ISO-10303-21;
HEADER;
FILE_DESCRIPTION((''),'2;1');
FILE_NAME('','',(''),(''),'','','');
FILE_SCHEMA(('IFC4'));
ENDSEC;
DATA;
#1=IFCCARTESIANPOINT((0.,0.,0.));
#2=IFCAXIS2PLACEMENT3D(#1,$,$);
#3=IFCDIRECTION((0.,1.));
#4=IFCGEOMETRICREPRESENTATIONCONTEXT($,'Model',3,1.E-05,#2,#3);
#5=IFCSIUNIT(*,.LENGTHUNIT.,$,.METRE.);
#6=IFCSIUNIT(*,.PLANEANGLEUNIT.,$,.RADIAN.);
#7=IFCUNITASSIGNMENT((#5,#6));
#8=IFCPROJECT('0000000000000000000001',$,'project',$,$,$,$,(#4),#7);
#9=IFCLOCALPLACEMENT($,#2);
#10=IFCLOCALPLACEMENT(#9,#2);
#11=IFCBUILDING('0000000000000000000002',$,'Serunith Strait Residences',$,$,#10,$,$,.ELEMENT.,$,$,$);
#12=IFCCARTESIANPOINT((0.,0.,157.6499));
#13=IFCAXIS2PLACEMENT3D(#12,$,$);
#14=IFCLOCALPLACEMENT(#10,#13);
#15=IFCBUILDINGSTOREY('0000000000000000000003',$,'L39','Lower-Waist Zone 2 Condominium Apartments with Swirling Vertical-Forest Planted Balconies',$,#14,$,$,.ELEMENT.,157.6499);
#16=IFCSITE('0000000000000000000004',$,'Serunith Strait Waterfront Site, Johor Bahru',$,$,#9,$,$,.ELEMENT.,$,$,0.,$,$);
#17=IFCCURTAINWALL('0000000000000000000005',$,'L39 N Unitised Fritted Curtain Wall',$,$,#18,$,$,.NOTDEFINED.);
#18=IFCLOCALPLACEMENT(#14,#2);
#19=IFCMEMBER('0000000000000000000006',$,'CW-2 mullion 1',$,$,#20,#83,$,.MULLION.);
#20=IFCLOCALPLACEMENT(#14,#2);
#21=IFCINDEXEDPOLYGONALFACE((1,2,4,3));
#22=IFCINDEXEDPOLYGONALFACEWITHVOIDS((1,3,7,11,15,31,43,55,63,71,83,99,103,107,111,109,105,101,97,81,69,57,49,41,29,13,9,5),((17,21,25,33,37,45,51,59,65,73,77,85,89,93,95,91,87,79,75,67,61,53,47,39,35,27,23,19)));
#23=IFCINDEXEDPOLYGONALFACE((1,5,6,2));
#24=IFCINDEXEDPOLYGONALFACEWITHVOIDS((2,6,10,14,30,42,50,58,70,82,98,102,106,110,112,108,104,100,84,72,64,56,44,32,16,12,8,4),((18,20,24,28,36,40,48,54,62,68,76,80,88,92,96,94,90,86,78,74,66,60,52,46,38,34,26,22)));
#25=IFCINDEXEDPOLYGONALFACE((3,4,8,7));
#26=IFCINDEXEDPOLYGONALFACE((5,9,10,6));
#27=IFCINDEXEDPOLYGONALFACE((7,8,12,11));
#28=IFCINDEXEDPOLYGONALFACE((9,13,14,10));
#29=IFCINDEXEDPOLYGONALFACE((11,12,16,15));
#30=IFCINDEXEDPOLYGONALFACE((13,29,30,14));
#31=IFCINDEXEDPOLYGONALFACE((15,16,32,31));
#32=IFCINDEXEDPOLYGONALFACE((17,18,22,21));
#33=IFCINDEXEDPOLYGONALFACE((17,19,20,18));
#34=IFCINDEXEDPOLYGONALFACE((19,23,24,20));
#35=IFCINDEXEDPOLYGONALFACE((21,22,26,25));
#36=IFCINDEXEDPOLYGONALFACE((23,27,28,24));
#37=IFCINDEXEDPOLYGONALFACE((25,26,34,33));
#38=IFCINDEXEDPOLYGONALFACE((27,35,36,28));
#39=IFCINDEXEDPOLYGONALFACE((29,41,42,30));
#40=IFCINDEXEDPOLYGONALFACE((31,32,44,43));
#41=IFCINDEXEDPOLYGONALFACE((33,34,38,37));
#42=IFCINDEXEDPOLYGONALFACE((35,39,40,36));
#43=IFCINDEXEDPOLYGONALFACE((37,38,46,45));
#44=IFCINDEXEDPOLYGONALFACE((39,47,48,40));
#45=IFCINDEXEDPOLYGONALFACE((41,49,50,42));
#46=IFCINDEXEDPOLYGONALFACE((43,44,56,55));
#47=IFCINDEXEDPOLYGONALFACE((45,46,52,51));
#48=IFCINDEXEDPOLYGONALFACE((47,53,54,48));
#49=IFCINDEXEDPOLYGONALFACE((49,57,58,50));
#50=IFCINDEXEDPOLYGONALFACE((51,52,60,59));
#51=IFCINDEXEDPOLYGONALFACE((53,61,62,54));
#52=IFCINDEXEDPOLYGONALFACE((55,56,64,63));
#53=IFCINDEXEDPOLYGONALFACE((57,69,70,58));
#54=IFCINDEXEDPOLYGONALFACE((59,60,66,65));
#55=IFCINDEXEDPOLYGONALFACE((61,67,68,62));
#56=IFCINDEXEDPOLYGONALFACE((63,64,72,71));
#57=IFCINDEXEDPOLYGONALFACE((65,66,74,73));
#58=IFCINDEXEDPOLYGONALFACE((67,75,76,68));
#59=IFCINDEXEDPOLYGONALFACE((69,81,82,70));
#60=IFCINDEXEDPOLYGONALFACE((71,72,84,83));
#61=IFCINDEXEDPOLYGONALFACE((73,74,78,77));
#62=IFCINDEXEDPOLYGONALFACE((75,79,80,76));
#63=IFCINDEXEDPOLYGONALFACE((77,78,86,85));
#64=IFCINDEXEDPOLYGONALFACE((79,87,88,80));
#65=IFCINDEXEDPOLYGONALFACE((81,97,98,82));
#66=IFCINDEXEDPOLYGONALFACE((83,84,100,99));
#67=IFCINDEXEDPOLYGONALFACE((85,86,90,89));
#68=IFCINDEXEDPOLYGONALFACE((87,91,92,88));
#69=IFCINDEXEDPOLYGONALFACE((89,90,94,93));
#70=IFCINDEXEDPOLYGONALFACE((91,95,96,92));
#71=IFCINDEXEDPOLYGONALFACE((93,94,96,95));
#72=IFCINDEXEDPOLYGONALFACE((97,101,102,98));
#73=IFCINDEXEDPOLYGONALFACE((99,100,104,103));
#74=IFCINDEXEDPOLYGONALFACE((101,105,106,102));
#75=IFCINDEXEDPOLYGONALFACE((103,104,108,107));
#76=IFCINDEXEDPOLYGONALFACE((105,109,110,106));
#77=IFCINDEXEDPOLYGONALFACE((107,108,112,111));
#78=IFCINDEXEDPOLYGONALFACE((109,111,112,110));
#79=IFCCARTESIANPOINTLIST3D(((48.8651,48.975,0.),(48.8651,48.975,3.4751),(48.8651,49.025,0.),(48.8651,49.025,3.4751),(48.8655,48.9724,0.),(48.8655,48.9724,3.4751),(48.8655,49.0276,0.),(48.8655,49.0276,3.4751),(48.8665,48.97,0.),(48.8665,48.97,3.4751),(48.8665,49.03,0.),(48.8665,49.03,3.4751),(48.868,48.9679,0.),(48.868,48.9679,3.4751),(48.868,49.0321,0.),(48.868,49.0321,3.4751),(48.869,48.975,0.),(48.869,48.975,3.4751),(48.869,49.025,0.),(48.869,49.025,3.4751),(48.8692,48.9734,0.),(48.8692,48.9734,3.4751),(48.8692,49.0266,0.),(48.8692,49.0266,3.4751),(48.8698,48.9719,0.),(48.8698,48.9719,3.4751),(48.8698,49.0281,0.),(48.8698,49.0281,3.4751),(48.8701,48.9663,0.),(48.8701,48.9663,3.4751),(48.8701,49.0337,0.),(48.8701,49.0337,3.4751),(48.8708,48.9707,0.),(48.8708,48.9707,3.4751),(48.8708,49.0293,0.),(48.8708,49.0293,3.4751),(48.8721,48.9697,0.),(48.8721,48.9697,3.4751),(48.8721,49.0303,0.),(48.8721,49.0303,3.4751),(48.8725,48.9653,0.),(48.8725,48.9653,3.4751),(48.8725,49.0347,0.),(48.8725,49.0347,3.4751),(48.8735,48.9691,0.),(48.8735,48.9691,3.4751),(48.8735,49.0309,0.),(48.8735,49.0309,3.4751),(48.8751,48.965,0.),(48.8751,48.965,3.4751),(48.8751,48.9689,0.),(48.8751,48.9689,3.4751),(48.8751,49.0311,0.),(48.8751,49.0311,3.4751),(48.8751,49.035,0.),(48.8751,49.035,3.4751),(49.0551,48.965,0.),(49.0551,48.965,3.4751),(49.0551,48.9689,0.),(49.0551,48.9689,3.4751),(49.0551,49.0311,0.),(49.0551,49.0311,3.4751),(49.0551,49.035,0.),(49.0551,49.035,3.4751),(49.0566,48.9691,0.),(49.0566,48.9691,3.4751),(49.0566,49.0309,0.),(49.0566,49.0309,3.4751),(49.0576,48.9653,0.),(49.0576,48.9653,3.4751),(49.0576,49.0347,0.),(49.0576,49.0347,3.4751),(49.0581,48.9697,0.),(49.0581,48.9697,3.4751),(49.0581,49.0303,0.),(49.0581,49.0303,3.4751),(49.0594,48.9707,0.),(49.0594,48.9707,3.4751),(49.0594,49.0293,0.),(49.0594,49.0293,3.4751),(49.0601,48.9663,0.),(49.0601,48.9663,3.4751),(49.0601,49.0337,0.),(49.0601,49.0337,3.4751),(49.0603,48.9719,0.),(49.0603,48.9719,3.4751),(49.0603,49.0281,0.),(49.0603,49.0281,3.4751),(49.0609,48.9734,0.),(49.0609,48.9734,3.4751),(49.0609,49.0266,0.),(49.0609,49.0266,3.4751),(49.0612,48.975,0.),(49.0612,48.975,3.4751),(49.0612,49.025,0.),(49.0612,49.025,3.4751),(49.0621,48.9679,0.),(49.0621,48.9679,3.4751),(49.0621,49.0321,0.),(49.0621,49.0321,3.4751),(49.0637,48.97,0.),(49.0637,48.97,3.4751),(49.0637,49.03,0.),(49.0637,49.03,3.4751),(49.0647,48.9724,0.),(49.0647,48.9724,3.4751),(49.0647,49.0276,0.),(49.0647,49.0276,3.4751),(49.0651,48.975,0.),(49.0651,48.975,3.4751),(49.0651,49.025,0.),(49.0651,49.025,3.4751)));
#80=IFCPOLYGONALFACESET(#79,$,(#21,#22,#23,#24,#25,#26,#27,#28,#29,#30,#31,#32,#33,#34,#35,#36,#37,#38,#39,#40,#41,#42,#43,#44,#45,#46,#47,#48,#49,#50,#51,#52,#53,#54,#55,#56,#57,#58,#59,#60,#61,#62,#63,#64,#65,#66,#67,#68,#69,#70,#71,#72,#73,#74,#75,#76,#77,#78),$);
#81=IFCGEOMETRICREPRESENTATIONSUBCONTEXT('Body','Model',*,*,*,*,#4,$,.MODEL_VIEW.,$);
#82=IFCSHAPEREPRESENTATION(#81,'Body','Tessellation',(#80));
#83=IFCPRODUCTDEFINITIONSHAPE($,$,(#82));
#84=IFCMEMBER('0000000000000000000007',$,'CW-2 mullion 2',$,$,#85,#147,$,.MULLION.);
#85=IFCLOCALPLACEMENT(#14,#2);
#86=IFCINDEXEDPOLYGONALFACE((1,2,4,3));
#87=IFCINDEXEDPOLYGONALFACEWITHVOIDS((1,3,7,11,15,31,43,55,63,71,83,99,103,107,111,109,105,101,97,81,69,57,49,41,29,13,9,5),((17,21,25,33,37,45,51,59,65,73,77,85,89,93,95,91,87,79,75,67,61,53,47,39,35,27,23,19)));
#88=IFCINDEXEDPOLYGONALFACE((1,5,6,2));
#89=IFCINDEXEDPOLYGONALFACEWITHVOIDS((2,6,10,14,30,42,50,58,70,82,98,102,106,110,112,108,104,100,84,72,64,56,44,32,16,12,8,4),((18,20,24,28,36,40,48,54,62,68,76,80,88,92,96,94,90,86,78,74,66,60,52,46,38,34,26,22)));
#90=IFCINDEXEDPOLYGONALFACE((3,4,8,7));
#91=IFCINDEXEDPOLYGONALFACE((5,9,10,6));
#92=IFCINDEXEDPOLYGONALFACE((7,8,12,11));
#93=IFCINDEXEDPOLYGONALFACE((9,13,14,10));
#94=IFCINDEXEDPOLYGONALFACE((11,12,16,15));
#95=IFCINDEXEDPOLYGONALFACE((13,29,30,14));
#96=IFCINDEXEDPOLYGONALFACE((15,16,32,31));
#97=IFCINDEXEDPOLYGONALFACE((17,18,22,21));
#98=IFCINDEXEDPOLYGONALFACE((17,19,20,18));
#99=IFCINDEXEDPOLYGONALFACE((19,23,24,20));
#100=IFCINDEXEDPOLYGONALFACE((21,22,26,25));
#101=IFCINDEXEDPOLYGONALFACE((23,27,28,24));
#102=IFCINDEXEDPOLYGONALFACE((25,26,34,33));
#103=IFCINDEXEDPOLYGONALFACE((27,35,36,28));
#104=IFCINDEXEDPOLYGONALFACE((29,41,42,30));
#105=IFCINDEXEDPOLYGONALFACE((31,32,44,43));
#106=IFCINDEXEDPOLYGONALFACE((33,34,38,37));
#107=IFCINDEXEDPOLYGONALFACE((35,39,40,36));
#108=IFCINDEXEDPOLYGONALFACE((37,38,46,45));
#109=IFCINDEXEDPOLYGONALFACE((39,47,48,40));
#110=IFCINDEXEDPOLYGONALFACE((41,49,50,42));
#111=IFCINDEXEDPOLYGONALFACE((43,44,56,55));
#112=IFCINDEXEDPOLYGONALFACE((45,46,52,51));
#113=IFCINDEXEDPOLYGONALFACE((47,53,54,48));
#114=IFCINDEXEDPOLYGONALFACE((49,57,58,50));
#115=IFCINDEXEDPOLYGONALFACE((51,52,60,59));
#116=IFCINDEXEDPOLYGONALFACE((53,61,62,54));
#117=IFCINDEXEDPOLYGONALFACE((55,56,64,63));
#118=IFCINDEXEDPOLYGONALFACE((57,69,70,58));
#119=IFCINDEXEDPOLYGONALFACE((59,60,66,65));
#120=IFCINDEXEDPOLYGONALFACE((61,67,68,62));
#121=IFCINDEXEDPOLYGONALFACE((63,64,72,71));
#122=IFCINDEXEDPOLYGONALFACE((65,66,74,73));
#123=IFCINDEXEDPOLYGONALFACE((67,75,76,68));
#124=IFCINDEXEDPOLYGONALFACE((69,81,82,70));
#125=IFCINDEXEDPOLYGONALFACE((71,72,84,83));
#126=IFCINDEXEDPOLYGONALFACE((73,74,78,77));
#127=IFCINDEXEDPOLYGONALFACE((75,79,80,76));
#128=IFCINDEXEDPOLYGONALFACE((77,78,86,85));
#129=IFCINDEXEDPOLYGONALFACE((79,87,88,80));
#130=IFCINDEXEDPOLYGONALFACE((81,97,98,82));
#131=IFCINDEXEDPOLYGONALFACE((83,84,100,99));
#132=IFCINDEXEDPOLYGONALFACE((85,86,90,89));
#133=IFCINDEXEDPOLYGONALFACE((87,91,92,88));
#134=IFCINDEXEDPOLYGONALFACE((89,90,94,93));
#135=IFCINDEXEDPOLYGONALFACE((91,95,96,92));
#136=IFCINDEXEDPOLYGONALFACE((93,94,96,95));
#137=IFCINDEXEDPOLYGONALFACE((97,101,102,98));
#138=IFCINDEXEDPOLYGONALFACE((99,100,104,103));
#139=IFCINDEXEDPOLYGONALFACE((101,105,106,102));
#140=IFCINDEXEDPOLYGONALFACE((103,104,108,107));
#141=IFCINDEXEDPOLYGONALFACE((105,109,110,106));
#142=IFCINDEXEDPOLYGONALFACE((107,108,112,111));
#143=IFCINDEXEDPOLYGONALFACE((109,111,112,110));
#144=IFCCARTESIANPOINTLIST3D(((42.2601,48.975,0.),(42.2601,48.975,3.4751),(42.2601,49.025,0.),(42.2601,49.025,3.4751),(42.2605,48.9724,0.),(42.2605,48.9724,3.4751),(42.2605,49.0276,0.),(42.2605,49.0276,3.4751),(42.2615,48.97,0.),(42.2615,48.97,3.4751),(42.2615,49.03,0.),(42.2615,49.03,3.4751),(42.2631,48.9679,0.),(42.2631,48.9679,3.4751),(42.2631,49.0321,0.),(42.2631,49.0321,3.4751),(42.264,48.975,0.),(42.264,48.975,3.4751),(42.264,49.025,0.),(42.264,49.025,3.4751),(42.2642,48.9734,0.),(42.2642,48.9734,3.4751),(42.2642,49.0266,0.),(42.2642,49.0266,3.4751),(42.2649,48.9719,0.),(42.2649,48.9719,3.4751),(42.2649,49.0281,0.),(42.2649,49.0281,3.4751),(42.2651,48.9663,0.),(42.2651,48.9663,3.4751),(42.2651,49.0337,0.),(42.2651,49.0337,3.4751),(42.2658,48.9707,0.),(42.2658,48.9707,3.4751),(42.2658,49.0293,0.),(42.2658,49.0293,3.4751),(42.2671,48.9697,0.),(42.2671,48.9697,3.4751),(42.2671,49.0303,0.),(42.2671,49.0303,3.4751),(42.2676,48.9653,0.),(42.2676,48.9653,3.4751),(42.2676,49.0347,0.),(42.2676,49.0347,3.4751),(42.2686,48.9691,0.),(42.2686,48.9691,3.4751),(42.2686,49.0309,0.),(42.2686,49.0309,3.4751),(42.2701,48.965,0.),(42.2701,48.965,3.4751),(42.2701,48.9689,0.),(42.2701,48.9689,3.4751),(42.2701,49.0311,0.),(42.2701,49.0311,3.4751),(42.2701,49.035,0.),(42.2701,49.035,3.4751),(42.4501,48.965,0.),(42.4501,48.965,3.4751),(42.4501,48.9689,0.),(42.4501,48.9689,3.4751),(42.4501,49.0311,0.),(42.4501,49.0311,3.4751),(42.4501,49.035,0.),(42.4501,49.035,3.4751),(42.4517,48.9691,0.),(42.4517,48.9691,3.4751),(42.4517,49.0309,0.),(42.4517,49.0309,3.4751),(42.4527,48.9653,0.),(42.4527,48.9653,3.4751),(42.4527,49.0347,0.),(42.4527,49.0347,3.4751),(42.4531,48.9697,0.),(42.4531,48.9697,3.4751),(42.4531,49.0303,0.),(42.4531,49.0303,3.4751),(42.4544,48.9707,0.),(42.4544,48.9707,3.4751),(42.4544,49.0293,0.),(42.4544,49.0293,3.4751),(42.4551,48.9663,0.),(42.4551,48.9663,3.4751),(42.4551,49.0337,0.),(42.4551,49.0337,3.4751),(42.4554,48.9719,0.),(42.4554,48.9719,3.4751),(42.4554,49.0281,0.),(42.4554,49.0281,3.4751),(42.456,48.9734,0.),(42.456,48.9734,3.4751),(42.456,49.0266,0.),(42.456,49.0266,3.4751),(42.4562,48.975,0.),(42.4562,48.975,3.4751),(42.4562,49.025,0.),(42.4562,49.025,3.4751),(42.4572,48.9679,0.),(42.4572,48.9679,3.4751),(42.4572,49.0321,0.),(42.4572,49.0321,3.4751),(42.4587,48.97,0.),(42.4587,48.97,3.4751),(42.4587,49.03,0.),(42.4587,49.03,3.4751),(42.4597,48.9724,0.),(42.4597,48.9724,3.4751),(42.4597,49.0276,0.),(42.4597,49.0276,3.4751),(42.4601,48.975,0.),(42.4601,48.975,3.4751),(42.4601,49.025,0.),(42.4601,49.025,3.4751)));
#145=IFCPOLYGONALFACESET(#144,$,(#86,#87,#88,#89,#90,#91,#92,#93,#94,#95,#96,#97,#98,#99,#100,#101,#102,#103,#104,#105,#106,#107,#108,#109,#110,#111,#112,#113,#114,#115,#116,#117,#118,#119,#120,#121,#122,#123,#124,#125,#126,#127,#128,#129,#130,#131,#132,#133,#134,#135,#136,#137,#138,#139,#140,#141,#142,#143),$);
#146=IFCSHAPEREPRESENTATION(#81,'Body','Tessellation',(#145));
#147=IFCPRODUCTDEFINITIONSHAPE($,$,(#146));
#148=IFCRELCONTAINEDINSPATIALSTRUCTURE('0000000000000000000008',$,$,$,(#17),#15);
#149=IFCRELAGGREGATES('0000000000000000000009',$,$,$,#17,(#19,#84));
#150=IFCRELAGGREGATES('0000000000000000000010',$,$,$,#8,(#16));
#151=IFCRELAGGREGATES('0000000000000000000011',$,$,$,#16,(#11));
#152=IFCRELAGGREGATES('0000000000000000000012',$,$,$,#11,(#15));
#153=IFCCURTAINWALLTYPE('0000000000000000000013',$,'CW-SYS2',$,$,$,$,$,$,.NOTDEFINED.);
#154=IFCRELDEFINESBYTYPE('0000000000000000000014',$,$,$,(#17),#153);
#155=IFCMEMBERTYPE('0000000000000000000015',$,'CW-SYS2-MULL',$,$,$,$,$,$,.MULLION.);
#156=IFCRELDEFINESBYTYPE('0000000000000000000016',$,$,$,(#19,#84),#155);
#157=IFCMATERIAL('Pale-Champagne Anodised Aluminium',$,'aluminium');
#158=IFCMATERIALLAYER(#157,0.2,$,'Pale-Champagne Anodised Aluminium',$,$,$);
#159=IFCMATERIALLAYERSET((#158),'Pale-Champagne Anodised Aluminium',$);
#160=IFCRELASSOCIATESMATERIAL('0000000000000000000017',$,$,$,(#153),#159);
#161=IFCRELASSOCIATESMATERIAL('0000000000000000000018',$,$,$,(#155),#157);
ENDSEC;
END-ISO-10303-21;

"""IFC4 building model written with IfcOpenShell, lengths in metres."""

from ifc_helpers import new_model, si_unit, direction, frame, origin, origin_2d, place, context, subcontext, project, spatial, hollow_rectangle, extrude, source, transform, mapped, material, layer, layer_set, material_profile, profile_set, type_object, element, aggregate, save


model = new_model("IFC4")

# Units and contexts
model_context = context("Model", 3, precision=1e-05, world=origin(), true_north=direction((0.0, 1.0)))
body_context = subcontext(model_context, "Body", "Model", "MODEL_VIEW")
ifc_project = project(units=[si_unit("LENGTHUNIT", "METRE"), si_unit("PLANEANGLEUNIT", "RADIAN")], contexts=[model_context])

# Site, building, storey
site_placement = place(None, origin())
site = spatial("IfcSite", under=ifc_project, at=site_placement, Name="Serunith Strait Waterfront Site, Johor Bahru", CompositionType="ELEMENT", RefElevation=0.0)
building_placement = place(site_placement, origin())
building = spatial("IfcBuilding", under=site, at=building_placement, Name="Serunith Strait Residences", CompositionType="ELEMENT")
storey_placement = place(building_placement, frame((0.0, 0.0, 157.6499)))
storey = spatial("IfcBuildingStorey", under=building, at=storey_placement, Name="L39", Description="Lower-Waist Zone 2 Condominium Apartments with Swirling Vertical-Forest Planted Balconies", CompositionType="ELEMENT", Elevation=157.6499)

# Shared definitions
ifc_material_1 = material(Name="Pale-Champagne Anodised Aluminium", Category="aluminium")
ifc_layer_1 = layer(ifc_material_1, 0.2, Name="Pale-Champagne Anodised Aluminium")
ifc_layer_set_1 = layer_set([ifc_layer_1], Name="Pale-Champagne Anodised Aluminium")
curtain_wall_type = type_object("IfcCurtainWallType", Name="CW-SYS2", PredefinedType="NOTDEFINED", material=ifc_layer_set_1)
ifc_material_profile_1 = material_profile(ifc_material_1, hollow_rectangle(XDim=0.0701, YDim=0.2, WallThickness=0.0039, InnerFilletRadius=0.0061, OuterFilletRadius=0.01, at=origin_2d()), Name="ALU 200x70x4")
ifc_profile_set_1 = profile_set([ifc_material_profile_1], Name="Pale-Champagne Anodised Aluminium")
member_type_1 = type_object("IfcMemberType", Name="CW-SYS2-MULL", PredefinedType="MULLION", material=ifc_profile_set_1)
shared_shape_1 = source(origin(), body_context, "Body", "SweptSolid", [
    extrude(hollow_rectangle(XDim=0.0701, YDim=0.2, WallThickness=0.0039, InnerFilletRadius=0.0061, OuterFilletRadius=0.01, at=origin_2d()), origin(), (0.0, 0.0, 1.0), 3.4751),
])

# Curtain wall, members
curtain_wall_1_placement = place(storey_placement, origin())
curtain_wall_1 = element("IfcCurtainWall", 1, at=curtain_wall_1_placement, inside=storey, type_object=curtain_wall_type, Name="L39 N Unitised Fritted Curtain Wall", PredefinedType="NOTDEFINED")
member_1_placement = place(storey_placement, frame((48.9651, 49.0, 0.0), z_axis=(0.0, 0.0, 1.0), x_axis=(0.0, -1.0, 0.0)))
member_1 = element("IfcMember", 2, at=member_1_placement, type_object=member_type_1, Name="CW-2 mullion 1", PredefinedType="MULLION", context=body_context, shape_type="MappedRepresentation", body=[
    mapped(shared_shape_1, transform((0.0, 0.0, 0.0), scale=1.0)),
])
member_2_placement = place(storey_placement, frame((42.3601, 49.0, 0.0), z_axis=(0.0, 0.0, 1.0), x_axis=(0.0, -1.0, 0.0)))
member_2 = element("IfcMember", 3, at=member_2_placement, type_object=member_type_1, Name="CW-2 mullion 2", PredefinedType="MULLION", context=body_context, shape_type="MappedRepresentation", body=[
    mapped(shared_shape_1, transform((0.0, 0.0, 0.0), scale=1.0)),
])
aggregate(curtain_wall_1, [member_1, member_2])

save(model, "model.ifc")
